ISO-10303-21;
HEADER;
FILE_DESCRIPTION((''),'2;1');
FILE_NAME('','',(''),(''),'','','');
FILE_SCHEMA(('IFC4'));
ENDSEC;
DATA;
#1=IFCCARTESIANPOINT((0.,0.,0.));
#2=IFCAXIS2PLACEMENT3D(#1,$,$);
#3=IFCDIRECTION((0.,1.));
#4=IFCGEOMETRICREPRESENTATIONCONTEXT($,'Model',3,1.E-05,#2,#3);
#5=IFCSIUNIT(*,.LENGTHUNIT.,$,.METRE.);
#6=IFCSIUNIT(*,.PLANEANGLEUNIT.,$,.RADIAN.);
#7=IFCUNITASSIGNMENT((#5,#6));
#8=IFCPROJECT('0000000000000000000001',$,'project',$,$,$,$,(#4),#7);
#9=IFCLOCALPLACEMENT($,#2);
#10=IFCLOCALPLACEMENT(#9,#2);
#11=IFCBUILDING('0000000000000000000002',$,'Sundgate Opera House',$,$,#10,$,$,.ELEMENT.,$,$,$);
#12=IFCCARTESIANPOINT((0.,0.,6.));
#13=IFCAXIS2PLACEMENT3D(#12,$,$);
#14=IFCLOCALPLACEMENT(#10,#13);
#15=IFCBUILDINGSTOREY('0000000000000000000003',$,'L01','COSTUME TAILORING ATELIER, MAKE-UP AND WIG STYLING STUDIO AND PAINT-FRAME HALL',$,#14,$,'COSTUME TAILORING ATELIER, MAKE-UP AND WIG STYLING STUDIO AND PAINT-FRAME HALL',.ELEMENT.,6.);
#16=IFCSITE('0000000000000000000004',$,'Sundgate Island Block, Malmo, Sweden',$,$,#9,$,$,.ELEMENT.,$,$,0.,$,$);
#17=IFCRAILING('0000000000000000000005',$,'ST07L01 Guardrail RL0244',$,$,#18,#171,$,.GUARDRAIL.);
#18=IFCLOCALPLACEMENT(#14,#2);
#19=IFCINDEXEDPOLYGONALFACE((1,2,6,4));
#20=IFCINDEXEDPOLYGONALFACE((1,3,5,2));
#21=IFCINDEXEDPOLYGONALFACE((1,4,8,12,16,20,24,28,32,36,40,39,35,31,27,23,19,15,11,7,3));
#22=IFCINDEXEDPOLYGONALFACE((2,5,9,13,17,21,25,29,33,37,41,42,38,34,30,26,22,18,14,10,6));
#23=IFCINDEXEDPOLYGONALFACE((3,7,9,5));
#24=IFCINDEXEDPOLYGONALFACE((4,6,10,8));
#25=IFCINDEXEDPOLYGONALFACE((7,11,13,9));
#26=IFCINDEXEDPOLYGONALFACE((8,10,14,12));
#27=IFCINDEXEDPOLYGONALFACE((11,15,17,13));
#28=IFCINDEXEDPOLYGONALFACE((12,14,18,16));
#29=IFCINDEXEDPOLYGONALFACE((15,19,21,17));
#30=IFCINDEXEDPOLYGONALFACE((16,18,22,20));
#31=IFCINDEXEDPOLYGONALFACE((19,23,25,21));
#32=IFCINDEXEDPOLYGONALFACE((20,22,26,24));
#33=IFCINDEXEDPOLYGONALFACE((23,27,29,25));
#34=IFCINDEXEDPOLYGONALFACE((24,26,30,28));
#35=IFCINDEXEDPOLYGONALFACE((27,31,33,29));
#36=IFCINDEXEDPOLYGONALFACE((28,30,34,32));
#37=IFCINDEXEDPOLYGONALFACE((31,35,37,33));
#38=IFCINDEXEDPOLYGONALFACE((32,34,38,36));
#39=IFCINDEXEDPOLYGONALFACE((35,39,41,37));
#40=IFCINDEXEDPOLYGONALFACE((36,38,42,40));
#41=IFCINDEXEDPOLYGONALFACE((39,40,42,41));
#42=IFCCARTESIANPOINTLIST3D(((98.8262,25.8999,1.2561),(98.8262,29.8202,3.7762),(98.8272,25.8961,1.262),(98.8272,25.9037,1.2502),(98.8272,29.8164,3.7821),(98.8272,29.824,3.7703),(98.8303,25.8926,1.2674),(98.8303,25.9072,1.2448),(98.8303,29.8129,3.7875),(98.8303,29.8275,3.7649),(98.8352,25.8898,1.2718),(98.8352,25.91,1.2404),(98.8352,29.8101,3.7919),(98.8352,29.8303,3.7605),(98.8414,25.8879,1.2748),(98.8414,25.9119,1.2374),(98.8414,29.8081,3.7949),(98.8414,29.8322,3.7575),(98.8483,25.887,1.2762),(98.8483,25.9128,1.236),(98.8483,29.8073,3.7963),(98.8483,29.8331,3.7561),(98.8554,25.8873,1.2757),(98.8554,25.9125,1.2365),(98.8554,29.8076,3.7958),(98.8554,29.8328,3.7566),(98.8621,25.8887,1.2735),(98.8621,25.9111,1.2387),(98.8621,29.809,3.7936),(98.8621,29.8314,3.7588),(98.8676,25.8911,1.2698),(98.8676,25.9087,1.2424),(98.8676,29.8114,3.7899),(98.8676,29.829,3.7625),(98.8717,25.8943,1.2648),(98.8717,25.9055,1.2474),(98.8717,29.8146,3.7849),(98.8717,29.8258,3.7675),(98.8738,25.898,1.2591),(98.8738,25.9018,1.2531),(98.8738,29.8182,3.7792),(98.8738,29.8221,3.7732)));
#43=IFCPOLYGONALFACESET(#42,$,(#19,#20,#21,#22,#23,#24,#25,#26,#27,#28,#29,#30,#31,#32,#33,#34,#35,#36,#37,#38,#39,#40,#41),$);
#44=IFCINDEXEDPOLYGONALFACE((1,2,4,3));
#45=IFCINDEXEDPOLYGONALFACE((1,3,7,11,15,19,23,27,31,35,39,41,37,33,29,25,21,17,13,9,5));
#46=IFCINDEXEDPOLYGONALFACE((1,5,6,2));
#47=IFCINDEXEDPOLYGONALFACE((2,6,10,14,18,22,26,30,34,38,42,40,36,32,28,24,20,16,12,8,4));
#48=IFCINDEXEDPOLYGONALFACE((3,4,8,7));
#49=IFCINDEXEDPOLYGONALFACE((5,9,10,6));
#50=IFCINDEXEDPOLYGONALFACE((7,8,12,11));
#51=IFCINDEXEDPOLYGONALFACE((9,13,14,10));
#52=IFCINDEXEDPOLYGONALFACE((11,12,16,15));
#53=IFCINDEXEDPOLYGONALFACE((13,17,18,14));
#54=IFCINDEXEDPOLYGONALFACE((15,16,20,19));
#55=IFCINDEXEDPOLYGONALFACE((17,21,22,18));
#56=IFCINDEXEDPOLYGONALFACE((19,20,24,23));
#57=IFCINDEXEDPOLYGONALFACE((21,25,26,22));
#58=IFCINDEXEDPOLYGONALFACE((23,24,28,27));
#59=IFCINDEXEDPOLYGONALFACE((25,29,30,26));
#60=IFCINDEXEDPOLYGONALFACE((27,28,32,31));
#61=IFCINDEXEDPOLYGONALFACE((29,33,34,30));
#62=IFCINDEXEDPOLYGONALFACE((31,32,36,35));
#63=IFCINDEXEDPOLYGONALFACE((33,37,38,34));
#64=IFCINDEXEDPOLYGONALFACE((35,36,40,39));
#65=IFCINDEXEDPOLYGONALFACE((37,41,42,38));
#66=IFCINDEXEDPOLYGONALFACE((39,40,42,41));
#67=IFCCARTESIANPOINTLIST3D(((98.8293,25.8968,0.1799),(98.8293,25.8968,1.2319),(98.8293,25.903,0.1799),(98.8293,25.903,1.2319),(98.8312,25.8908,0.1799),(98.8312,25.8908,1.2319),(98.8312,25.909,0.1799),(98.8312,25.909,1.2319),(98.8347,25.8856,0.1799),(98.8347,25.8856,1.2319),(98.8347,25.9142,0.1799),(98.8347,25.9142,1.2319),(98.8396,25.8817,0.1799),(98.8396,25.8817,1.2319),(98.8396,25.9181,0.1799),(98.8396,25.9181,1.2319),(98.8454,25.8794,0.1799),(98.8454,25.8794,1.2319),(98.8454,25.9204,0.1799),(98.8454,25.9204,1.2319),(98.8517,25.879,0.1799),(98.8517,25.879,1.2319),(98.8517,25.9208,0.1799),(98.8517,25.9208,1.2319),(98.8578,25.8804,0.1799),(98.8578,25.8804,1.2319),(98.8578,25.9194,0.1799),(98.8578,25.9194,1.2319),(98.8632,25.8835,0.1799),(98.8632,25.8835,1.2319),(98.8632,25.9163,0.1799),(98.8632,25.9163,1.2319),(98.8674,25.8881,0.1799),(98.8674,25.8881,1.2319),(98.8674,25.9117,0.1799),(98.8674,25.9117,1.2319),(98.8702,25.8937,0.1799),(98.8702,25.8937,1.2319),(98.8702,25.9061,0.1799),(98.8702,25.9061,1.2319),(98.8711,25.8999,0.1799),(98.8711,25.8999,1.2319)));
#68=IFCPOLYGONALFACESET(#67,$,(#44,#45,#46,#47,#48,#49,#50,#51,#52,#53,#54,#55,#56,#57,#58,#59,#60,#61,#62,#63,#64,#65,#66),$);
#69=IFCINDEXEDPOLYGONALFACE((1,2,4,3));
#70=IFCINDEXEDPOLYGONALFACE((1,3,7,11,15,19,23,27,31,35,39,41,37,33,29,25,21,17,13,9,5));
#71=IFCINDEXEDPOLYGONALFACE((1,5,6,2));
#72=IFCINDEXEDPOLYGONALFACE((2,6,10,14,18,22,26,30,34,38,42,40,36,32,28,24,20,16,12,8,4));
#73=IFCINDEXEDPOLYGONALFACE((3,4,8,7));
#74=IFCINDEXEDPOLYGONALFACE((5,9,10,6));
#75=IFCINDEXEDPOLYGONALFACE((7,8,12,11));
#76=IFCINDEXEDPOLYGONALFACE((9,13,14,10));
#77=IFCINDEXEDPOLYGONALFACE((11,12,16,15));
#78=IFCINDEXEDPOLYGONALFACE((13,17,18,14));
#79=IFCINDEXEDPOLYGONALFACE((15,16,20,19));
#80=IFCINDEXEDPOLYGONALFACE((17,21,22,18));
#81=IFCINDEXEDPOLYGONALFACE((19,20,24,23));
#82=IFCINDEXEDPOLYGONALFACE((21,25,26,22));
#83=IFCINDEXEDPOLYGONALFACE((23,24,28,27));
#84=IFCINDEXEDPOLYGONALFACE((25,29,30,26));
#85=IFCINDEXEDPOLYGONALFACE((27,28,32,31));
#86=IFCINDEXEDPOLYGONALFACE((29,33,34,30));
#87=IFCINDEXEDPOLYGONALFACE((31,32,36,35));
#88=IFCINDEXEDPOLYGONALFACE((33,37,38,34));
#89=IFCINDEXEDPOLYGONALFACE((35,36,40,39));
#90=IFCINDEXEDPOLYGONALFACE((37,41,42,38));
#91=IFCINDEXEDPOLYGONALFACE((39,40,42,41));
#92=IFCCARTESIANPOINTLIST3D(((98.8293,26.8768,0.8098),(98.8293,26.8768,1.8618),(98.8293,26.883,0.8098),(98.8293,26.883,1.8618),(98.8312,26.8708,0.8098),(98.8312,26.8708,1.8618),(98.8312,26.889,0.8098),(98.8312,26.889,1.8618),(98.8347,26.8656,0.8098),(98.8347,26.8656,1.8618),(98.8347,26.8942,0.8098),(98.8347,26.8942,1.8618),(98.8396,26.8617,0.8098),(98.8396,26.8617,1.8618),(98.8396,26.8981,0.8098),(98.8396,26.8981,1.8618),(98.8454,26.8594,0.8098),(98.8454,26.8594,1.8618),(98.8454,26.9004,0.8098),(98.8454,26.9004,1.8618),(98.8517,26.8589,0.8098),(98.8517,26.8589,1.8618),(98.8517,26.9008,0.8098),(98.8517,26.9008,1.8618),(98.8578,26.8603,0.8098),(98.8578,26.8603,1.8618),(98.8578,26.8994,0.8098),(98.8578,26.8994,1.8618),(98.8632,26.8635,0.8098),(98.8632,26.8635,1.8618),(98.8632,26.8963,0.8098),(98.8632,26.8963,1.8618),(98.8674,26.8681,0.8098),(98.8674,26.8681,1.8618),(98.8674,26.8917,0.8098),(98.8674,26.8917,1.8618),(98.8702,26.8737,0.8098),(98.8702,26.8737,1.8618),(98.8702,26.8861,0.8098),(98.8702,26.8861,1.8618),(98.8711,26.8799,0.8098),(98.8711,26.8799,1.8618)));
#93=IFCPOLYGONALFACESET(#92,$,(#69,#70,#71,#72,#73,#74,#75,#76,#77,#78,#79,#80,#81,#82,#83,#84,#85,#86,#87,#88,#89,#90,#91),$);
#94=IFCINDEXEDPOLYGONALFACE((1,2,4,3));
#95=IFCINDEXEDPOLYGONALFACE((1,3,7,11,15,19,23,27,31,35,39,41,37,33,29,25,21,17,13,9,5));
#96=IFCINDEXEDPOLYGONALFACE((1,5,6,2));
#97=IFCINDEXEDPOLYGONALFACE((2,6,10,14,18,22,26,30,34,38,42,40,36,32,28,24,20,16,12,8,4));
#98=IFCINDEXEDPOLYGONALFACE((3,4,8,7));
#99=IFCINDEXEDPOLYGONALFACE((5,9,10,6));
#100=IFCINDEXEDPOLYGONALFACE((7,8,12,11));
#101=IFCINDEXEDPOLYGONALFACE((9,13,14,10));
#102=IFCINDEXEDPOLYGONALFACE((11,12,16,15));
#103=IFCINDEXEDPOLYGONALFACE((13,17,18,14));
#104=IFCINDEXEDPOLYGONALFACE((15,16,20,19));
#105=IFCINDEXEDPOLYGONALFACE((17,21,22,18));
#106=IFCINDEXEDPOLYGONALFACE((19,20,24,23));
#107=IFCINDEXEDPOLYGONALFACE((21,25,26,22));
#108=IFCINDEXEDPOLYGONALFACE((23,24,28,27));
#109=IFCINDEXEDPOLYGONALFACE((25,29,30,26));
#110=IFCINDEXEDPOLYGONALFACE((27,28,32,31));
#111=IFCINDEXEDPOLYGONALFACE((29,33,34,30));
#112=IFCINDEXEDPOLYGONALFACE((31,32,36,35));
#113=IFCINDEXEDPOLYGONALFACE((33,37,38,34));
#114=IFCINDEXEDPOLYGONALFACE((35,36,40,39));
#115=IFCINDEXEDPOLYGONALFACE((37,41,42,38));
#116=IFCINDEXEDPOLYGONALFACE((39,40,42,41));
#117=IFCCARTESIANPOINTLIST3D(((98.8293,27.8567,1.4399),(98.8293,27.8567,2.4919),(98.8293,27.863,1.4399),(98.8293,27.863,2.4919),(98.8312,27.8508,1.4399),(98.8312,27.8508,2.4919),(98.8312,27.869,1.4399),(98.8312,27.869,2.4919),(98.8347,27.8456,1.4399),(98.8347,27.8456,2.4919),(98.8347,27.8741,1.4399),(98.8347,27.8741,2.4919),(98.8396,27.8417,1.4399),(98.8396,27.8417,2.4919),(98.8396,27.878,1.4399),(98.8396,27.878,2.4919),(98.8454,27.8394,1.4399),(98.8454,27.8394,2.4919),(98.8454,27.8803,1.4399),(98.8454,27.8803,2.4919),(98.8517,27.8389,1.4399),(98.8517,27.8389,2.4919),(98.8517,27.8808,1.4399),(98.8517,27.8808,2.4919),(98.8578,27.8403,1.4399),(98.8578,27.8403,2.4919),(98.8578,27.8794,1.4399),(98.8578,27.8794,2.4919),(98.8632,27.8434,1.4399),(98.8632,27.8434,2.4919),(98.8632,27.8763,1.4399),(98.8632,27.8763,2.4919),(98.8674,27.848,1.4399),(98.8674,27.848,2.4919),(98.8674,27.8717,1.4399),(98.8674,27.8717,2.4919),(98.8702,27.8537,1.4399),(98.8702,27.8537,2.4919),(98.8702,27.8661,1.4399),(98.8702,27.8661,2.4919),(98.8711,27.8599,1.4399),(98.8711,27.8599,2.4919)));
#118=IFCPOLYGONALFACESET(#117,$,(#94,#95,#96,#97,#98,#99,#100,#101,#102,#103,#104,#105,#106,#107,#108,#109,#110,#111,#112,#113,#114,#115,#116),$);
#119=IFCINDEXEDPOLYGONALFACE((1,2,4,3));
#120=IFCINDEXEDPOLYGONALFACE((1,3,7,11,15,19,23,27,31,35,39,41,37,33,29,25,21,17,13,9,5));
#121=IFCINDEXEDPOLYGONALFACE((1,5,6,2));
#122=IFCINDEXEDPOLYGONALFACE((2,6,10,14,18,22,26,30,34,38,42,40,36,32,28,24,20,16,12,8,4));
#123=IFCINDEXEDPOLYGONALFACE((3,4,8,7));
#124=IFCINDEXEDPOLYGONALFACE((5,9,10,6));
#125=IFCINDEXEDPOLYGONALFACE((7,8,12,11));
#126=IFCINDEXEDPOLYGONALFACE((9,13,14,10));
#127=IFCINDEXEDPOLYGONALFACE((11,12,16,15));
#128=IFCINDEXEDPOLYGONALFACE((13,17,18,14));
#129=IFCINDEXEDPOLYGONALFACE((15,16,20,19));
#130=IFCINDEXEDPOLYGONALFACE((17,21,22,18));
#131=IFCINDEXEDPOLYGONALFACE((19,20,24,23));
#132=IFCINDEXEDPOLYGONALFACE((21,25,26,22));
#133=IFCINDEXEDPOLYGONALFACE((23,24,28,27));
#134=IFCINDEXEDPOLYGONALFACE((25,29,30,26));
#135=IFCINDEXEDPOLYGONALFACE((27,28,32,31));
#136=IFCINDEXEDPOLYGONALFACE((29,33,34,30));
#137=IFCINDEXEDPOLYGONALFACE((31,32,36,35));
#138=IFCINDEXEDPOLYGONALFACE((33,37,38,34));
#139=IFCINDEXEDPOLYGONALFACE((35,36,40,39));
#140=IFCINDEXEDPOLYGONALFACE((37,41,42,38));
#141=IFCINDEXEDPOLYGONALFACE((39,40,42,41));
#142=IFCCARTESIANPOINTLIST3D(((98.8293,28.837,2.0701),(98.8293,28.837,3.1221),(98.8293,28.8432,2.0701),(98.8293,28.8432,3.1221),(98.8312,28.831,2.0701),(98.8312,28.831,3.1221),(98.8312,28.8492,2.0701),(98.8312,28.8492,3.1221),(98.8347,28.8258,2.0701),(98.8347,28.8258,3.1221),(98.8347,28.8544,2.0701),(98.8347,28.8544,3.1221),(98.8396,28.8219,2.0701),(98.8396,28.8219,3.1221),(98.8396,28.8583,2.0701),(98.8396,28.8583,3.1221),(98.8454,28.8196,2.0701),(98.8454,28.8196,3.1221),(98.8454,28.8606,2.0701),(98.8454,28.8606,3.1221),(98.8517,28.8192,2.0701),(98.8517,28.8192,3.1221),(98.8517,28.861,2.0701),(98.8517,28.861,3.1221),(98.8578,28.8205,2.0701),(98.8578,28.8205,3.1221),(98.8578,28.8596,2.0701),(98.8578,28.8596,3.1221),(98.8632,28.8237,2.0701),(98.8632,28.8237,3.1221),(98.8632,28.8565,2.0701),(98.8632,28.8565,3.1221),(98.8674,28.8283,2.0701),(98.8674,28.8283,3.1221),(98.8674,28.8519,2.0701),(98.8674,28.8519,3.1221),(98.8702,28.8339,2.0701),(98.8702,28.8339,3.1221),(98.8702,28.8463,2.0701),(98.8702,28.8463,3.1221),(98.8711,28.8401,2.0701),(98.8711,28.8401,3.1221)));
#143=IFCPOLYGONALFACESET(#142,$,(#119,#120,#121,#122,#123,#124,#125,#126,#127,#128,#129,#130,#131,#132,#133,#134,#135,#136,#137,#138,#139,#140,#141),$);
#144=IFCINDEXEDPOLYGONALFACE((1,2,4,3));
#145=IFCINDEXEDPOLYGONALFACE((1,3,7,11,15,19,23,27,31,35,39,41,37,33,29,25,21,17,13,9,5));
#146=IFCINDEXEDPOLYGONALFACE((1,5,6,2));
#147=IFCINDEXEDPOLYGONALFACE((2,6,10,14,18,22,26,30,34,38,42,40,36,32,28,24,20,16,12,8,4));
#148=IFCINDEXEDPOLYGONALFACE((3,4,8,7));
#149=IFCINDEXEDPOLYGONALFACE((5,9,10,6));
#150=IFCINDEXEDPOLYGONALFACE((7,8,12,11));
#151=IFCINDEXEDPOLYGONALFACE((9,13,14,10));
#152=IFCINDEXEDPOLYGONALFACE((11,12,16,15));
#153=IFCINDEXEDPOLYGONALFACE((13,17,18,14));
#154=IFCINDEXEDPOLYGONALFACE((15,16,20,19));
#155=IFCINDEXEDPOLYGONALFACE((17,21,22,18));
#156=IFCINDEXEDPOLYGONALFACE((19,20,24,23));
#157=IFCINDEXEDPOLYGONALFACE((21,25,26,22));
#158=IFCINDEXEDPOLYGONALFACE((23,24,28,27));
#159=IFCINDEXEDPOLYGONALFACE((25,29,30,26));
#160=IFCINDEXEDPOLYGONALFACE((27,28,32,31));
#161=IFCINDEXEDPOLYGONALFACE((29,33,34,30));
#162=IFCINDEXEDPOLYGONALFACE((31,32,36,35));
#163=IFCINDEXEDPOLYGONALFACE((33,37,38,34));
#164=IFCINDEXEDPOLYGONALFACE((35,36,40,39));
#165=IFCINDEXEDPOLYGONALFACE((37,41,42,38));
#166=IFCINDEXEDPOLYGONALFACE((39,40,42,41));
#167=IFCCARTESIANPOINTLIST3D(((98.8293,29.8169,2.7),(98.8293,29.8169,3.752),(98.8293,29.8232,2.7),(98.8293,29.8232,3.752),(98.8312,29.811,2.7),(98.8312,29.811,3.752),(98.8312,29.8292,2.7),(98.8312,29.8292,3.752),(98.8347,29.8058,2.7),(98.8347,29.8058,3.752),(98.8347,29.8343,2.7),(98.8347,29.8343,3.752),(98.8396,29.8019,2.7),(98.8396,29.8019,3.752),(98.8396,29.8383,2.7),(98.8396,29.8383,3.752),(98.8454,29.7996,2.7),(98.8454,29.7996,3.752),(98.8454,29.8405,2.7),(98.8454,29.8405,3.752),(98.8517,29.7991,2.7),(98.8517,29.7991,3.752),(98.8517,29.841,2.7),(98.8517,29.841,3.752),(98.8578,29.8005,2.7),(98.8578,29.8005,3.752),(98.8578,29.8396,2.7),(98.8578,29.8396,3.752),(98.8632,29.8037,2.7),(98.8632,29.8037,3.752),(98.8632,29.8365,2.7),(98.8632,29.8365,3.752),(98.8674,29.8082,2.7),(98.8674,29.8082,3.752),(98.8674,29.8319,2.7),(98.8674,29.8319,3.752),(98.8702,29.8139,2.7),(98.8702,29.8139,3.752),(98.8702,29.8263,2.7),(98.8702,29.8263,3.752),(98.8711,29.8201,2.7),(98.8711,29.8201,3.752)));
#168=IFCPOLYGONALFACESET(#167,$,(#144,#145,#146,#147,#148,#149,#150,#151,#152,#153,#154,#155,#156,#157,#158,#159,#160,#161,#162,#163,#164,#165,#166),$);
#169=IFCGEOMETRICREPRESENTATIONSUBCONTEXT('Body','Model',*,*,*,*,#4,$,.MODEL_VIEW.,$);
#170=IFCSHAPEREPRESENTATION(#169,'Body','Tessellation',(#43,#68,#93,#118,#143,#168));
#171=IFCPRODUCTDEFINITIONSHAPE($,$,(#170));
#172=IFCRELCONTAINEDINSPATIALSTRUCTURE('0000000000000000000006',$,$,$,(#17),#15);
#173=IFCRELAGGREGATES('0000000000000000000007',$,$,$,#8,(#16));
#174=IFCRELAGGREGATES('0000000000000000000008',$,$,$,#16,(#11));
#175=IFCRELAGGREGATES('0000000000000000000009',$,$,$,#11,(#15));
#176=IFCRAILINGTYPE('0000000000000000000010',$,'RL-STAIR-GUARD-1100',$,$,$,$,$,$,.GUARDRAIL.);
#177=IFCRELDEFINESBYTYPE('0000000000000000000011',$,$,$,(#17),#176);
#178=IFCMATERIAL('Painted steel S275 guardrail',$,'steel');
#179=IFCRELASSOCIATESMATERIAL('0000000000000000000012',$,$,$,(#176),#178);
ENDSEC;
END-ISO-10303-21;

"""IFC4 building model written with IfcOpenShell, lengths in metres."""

from ifc_helpers import new_model, si_unit, direction, frame, origin, origin_2d, place, context, subcontext, project, spatial, circle, extrude, material, type_object, element, save


model = new_model("IFC4")

# Units and contexts
model_context = context("Model", 3, precision=1e-05, world=origin(), true_north=direction((0.0, 1.0)))
body_context = subcontext(model_context, "Body", "Model", "MODEL_VIEW")
ifc_project = project(units=[si_unit("LENGTHUNIT", "METRE"), si_unit("PLANEANGLEUNIT", "RADIAN")], contexts=[model_context])

# Site, building, storey
site_placement = place(None, origin())
site = spatial("IfcSite", under=ifc_project, at=site_placement, Name="Sundgate Island Block, Malmo, Sweden", CompositionType="ELEMENT", RefElevation=0.0)
building_placement = place(site_placement, origin())
building = spatial("IfcBuilding", under=site, at=building_placement, Name="Sundgate Opera House", CompositionType="ELEMENT")
storey_placement = place(building_placement, frame((0.0, 0.0, 6.0)))
storey = spatial("IfcBuildingStorey", under=building, at=storey_placement, Name="L01", Description="COSTUME TAILORING ATELIER, MAKE-UP AND WIG STYLING STUDIO AND PAINT-FRAME HALL", LongName="COSTUME TAILORING ATELIER, MAKE-UP AND WIG STYLING STUDIO AND PAINT-FRAME HALL", CompositionType="ELEMENT", Elevation=6.0)

# Railing
ifc_material_1 = material(Name="Painted steel S275 guardrail", Category="steel")
railing_type_1 = type_object("IfcRailingType", Name="RL-STAIR-GUARD-1100", PredefinedType="GUARDRAIL", material=ifc_material_1)
railing_1_placement = place(storey_placement, frame((98.8501, 25.8999, 0.1799)))
element("IfcRailing", 1, at=railing_1_placement, inside=storey, type_object=railing_type_1, Name="ST07L01 Guardrail RL0244", PredefinedType="GUARDRAIL", context=body_context, shape_type="SweptSolid", body=[
    extrude(circle(Radius=0.0239, at=origin_2d()), frame((0.0, 0.0, 1.0762), z_axis=(0.0, 0.841187, 0.540744), x_axis=(-1.0, 0.0, 0.0)), (0.0, 0.0, 1.0), 4.6604),
    extrude(circle(Radius=0.021, at=origin_2d()), origin(), (0.0, 0.0, 1.0), 1.052),
    extrude(circle(Radius=0.021, at=origin_2d()), frame((0.0, 0.98, 0.6299)), (0.0, 0.0, 1.0), 1.052),
    extrude(circle(Radius=0.021, at=origin_2d()), frame((0.0, 1.96, 1.26)), (0.0, 0.0, 1.0), 1.052),
    extrude(circle(Radius=0.021, at=origin_2d()), frame((0.0, 2.9402, 1.8901)), (0.0, 0.0, 1.0), 1.052),
    extrude(circle(Radius=0.021, at=origin_2d()), frame((0.0, 3.9202, 2.52)), (0.0, 0.0, 1.0), 1.052),
])

save(model, "model.ifc")
